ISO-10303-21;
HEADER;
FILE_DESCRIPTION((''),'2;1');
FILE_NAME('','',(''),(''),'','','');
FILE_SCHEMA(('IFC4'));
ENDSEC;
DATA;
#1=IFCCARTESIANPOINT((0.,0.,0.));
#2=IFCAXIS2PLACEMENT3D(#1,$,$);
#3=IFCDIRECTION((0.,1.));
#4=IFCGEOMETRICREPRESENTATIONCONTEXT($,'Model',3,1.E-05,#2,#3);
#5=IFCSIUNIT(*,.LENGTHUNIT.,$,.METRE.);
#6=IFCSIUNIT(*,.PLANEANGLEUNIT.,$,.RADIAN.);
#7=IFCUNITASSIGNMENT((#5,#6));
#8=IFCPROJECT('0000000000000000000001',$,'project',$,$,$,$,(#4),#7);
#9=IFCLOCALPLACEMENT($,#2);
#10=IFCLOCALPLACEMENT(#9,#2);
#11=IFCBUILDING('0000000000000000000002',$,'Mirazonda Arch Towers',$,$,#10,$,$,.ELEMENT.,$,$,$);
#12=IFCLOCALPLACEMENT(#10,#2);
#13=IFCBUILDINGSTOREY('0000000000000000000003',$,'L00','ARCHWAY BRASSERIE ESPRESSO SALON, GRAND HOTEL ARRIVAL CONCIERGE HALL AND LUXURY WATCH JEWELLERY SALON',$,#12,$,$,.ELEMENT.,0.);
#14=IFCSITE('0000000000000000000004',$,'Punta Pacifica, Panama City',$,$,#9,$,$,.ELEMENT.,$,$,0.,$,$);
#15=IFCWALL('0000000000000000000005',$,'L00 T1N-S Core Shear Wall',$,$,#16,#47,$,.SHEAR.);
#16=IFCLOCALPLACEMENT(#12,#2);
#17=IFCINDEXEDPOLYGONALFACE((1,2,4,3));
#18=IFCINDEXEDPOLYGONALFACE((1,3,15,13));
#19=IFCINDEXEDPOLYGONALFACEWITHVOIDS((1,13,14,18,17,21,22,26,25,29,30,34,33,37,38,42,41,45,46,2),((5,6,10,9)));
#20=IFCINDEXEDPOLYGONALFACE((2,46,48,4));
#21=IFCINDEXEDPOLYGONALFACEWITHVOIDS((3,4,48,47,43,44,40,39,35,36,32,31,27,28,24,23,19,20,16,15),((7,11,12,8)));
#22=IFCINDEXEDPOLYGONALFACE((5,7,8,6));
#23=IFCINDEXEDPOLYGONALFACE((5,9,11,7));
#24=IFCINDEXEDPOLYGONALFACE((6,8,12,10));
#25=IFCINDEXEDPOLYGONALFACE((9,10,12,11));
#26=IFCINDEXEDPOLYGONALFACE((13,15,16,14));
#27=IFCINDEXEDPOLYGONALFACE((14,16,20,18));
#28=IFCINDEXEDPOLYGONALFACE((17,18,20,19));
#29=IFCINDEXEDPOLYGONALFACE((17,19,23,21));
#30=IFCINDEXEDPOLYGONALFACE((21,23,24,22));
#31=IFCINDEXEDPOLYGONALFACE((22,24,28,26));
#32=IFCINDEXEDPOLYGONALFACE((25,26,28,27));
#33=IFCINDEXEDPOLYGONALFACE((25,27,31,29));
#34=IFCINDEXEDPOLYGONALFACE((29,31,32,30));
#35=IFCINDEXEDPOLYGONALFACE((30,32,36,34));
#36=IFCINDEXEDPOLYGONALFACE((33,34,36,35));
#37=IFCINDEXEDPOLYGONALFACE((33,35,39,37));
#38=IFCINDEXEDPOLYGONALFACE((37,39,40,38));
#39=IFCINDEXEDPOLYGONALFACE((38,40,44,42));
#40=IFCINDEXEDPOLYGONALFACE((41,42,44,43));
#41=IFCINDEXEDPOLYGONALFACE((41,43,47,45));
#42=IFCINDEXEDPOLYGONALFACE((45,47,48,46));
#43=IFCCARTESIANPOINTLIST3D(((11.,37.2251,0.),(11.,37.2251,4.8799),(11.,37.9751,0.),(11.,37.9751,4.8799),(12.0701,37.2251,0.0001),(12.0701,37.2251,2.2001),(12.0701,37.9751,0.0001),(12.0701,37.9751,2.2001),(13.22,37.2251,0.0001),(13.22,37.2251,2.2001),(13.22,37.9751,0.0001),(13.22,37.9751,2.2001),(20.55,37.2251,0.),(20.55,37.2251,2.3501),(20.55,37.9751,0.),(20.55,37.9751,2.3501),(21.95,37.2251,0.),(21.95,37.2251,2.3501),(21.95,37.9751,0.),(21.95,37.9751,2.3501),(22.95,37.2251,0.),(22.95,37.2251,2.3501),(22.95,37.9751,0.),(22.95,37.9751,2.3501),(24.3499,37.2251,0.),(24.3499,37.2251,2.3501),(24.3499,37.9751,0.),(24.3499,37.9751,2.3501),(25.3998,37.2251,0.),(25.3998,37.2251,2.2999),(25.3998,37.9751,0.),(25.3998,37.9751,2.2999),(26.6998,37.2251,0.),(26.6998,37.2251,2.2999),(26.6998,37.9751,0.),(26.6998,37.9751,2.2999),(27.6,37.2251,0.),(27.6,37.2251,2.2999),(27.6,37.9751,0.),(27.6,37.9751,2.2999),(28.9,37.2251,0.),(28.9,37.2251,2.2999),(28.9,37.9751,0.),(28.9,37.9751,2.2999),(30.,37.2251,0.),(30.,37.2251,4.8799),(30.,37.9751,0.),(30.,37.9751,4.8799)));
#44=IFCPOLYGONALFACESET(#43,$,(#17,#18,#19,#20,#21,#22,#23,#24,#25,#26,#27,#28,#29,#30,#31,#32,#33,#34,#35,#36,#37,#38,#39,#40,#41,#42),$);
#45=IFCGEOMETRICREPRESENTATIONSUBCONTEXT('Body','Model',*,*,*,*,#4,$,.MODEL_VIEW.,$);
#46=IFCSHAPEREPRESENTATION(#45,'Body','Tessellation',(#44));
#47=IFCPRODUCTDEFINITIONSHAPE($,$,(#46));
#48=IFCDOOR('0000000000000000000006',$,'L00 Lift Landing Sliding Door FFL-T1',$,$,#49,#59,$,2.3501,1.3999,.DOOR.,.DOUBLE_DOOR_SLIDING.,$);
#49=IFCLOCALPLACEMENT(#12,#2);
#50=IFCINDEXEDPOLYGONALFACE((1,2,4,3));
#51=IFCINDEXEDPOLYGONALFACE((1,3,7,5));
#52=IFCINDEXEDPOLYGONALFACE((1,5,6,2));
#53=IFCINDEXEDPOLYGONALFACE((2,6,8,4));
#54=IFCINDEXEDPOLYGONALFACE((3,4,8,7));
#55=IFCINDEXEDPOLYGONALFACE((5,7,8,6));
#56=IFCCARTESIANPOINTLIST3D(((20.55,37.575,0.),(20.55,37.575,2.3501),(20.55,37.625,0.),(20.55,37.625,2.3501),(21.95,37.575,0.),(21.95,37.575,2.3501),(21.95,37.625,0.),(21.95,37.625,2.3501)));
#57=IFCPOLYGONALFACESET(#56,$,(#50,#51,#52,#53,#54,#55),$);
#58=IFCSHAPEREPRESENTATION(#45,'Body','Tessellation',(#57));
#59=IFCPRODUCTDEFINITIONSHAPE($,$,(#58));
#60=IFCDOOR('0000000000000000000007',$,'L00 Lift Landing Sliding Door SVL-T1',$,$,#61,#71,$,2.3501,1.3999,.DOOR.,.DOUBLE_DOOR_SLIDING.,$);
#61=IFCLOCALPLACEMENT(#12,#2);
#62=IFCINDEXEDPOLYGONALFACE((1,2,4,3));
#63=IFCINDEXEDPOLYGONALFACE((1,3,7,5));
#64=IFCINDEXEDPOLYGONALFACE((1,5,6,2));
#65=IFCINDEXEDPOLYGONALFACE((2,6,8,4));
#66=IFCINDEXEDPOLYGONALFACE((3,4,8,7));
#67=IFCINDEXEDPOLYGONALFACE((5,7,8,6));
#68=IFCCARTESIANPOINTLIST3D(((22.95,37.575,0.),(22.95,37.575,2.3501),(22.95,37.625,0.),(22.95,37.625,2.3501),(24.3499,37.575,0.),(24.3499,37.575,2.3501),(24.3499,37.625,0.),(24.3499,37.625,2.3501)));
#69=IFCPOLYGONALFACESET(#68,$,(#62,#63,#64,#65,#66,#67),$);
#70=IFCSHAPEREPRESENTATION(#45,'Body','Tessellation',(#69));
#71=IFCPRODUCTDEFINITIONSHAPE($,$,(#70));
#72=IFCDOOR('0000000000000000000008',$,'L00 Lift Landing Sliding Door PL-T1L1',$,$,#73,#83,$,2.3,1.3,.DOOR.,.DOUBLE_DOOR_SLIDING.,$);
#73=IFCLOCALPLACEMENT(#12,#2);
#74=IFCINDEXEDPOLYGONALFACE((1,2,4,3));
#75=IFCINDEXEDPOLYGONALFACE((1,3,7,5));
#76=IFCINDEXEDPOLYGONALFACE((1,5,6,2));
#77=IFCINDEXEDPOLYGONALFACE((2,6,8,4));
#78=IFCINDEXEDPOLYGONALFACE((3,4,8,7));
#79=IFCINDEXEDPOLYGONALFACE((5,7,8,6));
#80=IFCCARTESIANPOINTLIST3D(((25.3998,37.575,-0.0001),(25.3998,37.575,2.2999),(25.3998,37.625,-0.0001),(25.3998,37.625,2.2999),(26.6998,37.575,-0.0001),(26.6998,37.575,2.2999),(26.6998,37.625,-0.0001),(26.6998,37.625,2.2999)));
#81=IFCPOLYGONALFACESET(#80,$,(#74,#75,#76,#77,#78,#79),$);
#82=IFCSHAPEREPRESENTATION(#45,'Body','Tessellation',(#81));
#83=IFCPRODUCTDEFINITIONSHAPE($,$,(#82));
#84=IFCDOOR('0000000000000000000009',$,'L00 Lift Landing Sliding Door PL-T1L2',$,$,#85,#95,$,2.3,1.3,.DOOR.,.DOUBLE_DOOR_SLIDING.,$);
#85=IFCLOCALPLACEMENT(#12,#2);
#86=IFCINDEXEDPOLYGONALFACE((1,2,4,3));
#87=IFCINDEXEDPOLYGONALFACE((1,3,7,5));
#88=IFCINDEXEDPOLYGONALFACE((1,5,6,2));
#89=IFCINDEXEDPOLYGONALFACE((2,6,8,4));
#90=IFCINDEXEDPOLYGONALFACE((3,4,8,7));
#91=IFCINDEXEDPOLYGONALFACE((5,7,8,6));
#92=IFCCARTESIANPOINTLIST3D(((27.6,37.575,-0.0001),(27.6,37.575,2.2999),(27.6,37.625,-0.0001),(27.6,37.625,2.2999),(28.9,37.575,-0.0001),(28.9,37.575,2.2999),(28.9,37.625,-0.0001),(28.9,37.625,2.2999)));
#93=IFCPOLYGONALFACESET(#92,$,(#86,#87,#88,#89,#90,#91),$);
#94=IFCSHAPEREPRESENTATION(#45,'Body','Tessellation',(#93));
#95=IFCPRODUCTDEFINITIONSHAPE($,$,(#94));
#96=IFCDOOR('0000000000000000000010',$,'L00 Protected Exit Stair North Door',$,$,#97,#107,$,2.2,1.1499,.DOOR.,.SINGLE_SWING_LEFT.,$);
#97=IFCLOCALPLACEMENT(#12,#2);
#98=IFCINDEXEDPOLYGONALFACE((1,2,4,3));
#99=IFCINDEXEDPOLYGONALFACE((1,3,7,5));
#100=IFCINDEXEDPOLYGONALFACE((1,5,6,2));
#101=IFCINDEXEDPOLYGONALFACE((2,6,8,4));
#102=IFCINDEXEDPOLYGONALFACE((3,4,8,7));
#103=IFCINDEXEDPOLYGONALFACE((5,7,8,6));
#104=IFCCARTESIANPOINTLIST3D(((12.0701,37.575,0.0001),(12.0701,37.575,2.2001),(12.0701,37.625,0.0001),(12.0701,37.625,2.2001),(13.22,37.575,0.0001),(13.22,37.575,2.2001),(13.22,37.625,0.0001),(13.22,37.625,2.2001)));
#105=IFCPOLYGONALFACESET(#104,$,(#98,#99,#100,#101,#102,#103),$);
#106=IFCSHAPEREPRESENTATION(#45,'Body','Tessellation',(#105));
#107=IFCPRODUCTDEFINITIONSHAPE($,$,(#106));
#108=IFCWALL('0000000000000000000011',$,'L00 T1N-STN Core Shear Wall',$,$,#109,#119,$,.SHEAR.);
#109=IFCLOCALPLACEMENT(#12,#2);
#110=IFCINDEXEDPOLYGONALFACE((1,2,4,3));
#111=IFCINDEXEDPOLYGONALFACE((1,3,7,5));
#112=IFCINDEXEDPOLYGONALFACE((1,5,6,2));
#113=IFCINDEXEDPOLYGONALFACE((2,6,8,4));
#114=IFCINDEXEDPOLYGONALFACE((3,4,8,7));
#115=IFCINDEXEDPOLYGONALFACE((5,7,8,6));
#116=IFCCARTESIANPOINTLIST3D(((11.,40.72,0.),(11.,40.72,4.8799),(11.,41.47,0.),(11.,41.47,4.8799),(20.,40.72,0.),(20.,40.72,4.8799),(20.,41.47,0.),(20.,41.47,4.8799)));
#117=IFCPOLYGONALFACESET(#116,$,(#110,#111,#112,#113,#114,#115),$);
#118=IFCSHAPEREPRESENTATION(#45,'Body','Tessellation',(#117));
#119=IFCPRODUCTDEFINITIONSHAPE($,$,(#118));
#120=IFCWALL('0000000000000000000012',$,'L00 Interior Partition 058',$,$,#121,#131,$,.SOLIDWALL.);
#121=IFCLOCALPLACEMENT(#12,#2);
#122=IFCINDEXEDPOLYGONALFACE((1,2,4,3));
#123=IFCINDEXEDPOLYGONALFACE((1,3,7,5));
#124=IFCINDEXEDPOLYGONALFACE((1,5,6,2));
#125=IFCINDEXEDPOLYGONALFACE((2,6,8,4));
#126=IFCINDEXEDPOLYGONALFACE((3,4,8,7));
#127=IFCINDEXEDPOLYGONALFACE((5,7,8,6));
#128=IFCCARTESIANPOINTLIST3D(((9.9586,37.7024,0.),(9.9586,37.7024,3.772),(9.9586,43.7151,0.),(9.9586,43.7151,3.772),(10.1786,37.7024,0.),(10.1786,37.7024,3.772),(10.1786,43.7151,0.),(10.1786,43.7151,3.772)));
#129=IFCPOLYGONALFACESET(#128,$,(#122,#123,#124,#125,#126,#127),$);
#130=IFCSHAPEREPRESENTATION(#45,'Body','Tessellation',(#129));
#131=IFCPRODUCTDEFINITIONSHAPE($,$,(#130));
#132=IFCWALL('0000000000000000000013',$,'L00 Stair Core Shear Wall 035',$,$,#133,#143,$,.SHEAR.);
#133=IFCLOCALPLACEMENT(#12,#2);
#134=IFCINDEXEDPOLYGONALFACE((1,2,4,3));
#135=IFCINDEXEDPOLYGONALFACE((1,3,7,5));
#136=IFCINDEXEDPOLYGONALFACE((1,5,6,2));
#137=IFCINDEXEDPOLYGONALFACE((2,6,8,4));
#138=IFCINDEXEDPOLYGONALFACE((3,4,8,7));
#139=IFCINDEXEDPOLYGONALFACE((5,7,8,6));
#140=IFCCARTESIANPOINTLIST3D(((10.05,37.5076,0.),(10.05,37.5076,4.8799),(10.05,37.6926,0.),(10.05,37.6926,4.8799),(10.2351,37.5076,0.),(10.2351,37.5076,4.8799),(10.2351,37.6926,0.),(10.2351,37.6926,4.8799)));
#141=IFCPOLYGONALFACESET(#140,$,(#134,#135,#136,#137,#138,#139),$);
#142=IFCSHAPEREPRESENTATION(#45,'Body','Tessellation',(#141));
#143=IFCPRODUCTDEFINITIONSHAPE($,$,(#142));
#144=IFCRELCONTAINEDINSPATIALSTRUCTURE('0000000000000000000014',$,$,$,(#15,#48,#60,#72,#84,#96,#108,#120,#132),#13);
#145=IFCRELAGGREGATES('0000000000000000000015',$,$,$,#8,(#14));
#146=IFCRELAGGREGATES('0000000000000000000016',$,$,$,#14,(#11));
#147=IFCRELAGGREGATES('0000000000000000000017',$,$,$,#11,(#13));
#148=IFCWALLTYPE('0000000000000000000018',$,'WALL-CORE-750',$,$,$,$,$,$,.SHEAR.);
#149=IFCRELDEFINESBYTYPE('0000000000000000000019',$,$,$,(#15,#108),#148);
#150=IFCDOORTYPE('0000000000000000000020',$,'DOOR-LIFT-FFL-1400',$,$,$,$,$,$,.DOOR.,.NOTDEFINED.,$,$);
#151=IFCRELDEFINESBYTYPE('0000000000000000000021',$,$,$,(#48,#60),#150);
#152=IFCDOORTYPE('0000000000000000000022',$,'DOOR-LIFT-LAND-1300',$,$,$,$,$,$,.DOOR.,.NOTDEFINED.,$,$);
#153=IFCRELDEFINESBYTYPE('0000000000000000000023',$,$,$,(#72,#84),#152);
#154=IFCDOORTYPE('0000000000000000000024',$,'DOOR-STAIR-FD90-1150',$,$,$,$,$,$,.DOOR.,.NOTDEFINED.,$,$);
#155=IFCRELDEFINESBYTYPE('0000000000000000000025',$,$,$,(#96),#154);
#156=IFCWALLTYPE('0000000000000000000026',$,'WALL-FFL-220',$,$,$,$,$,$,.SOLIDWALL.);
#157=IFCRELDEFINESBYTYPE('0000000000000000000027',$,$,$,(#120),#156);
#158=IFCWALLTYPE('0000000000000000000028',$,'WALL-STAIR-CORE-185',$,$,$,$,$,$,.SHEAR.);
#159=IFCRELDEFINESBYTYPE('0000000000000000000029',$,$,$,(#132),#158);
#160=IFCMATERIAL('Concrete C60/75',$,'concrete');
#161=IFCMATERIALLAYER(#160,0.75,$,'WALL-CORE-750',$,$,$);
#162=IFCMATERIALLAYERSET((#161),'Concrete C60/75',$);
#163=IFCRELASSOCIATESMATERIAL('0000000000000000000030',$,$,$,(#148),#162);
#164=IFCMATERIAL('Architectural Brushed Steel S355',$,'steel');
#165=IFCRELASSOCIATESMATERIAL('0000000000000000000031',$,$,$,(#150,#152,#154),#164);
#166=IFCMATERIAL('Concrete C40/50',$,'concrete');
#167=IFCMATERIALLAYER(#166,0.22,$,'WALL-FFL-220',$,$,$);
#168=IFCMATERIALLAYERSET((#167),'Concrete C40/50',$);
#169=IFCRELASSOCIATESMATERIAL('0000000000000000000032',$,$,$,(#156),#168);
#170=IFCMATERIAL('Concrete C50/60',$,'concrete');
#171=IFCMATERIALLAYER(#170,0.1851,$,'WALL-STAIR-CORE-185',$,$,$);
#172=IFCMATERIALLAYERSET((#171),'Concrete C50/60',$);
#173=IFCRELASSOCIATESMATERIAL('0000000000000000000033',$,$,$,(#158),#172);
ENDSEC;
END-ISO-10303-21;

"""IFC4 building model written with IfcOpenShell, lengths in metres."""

from ifc_helpers import new_model, si_unit, direction, frame, frame_2d, origin, place, context, subcontext, project, spatial, rectangle, extrude, material, layer, layer_set, type_object, element, fill, save


model = new_model("IFC4")

# Units and contexts
model_context = context("Model", 3, precision=1e-05, world=origin(), true_north=direction((0.0, 1.0)))
body_context = subcontext(model_context, "Body", "Model", "MODEL_VIEW")
ifc_project = project(units=[si_unit("LENGTHUNIT", "METRE"), si_unit("PLANEANGLEUNIT", "RADIAN")], contexts=[model_context])

# Site, building, storey
site_placement = place(None, origin())
site = spatial("IfcSite", under=ifc_project, at=site_placement, Name="Punta Pacifica, Panama City", CompositionType="ELEMENT", RefElevation=0.0)
building_placement = place(site_placement, origin())
building = spatial("IfcBuilding", under=site, at=building_placement, Name="Mirazonda Arch Towers", CompositionType="ELEMENT")
storey_placement = place(building_placement, origin())
storey = spatial("IfcBuildingStorey", under=building, at=storey_placement, Name="L00", Description="ARCHWAY BRASSERIE ESPRESSO SALON, GRAND HOTEL ARRIVAL CONCIERGE HALL AND LUXURY WATCH JEWELLERY SALON", CompositionType="ELEMENT", Elevation=0.0)

# Shared definitions
ifc_material_1 = material(Name="Concrete C60/75", Category="concrete")

# Shared definitions
ifc_layer_1 = layer(ifc_material_1, 0.75, Name="WALL-CORE-750")
ifc_layer_set_1 = layer_set([ifc_layer_1], Name="Concrete C60/75")
wall_type_1 = type_object("IfcWallType", Name="WALL-CORE-750", PredefinedType="SHEAR", material=ifc_layer_set_1)

# Wall, openings, doors
wall_1_placement = place(storey_placement, frame((11.0, 37.6001, 0.0), z_axis=(0.0, 0.0, 1.0), x_axis=(1.0, 0.0, 0.0)))
wall_1 = element("IfcWall", 1, at=wall_1_placement, inside=storey, type_object=wall_type_1, Name="L00 T1N-S Core Shear Wall", PredefinedType="SHEAR", context=body_context, shape_type="SweptSolid", body=[
    extrude(rectangle(XDim=19.0, YDim=0.75, at=frame_2d((9.5, 0.0))), origin(), (0.0, 0.0, 1.0), 4.8799),
])
opening_1_placement = place(wall_1_placement, frame((1.0701, 0.0, 0.0)))
opening_1 = element("IfcOpeningElement", 2, at=opening_1_placement, cuts=wall_1, PredefinedType="OPENING", context=body_context, shape_type="SweptSolid", body=[
    extrude(rectangle(XDim=1.1499, YDim=2.2, at=frame_2d((0.575, 1.1001))), frame((0.0, 0.385, 0.0), z_axis=(0.0, -1.0, 0.0), x_axis=(1.0, 0.0, 0.0)), (0.0, 0.0, 1.0), 0.77),
])
opening_2_placement = place(wall_1_placement, frame((9.55, 0.0, 0.0)))
opening_2 = element("IfcOpeningElement", 3, at=opening_2_placement, cuts=wall_1, PredefinedType="OPENING", context=body_context, shape_type="SweptSolid", body=[
    extrude(rectangle(XDim=1.3999, YDim=2.3501, at=frame_2d((0.7, 1.175))), frame((0.0, 0.385, 0.0), z_axis=(0.0, -1.0, 0.0), x_axis=(1.0, 0.0, 0.0)), (0.0, 0.0, 1.0), 0.77),
])
opening_3_placement = place(wall_1_placement, frame((11.95, 0.0, 0.0)))
opening_3 = element("IfcOpeningElement", 4, at=opening_3_placement, cuts=wall_1, PredefinedType="OPENING", context=body_context, shape_type="SweptSolid", body=[
    extrude(rectangle(XDim=1.3999, YDim=2.3501, at=frame_2d((0.7, 1.175))), frame((0.0, 0.385, 0.0), z_axis=(0.0, -1.0, 0.0), x_axis=(1.0, 0.0, 0.0)), (0.0, 0.0, 1.0), 0.77),
])
opening_4_placement = place(wall_1_placement, frame((14.3999, 0.0, 0.0)))
opening_4 = element("IfcOpeningElement", 5, at=opening_4_placement, cuts=wall_1, PredefinedType="OPENING", context=body_context, shape_type="SweptSolid", body=[
    extrude(rectangle(XDim=1.3, YDim=2.3, at=frame_2d((0.6499, 1.1499))), frame((0.0, 0.385, 0.0), z_axis=(0.0, -1.0, 0.0), x_axis=(1.0, 0.0, 0.0)), (0.0, 0.0, 1.0), 0.77),
])
opening_5_placement = place(wall_1_placement, frame((16.6001, 0.0, 0.0)))
opening_5 = element("IfcOpeningElement", 6, at=opening_5_placement, cuts=wall_1, PredefinedType="OPENING", context=body_context, shape_type="SweptSolid", body=[
    extrude(rectangle(XDim=1.3, YDim=2.3, at=frame_2d((0.6499, 1.1499))), frame((0.0, 0.385, 0.0), z_axis=(0.0, -1.0, 0.0), x_axis=(1.0, 0.0, 0.0)), (0.0, 0.0, 1.0), 0.77),
])
ifc_material_2 = material(Name="Architectural Brushed Steel S355", Category="steel")
door_type_1 = type_object("IfcDoorType", Name="DOOR-LIFT-FFL-1400", OperationType="NOTDEFINED", PredefinedType="DOOR", material=ifc_material_2)
door_1_placement = place(opening_2_placement, origin())
door_1 = element("IfcDoor", 7, at=door_1_placement, inside=storey, type_object=door_type_1, Name="L00 Lift Landing Sliding Door FFL-T1", OperationType="DOUBLE_DOOR_SLIDING", OverallHeight=2.3501, OverallWidth=1.3999, PredefinedType="DOOR", context=body_context, shape_type="SweptSolid", body=[
    extrude(rectangle(XDim=1.3999, YDim=2.3501, at=frame_2d((0.7, 1.175))), frame((0.0, 0.0249, 0.0), z_axis=(0.0, -1.0, 0.0), x_axis=(1.0, 0.0, 0.0)), (0.0, 0.0, 1.0), 0.05),
])
fill(opening_2, door_1)
door_2_placement = place(opening_3_placement, origin())
door_2 = element("IfcDoor", 8, at=door_2_placement, inside=storey, type_object=door_type_1, Name="L00 Lift Landing Sliding Door SVL-T1", OperationType="DOUBLE_DOOR_SLIDING", OverallHeight=2.3501, OverallWidth=1.3999, PredefinedType="DOOR", context=body_context, shape_type="SweptSolid", body=[
    extrude(rectangle(XDim=1.3999, YDim=2.3501, at=frame_2d((0.7, 1.175))), frame((0.0, 0.0249, 0.0), z_axis=(0.0, -1.0, 0.0), x_axis=(1.0, 0.0, 0.0)), (0.0, 0.0, 1.0), 0.05),
])
fill(opening_3, door_2)
door_type_2 = type_object("IfcDoorType", Name="DOOR-LIFT-LAND-1300", OperationType="NOTDEFINED", PredefinedType="DOOR", material=ifc_material_2)
door_3_placement = place(opening_4_placement, origin())
door_3 = element("IfcDoor", 9, at=door_3_placement, inside=storey, type_object=door_type_2, Name="L00 Lift Landing Sliding Door PL-T1L1", OperationType="DOUBLE_DOOR_SLIDING", OverallHeight=2.3, OverallWidth=1.3, PredefinedType="DOOR", context=body_context, shape_type="SweptSolid", body=[
    extrude(rectangle(XDim=1.3, YDim=2.3, at=frame_2d((0.6499, 1.1499))), frame((0.0, 0.0249, 0.0), z_axis=(0.0, -1.0, 0.0), x_axis=(1.0, 0.0, 0.0)), (0.0, 0.0, 1.0), 0.05),
])
fill(opening_4, door_3)
door_4_placement = place(opening_5_placement, origin())
door_4 = element("IfcDoor", 10, at=door_4_placement, inside=storey, type_object=door_type_2, Name="L00 Lift Landing Sliding Door PL-T1L2", OperationType="DOUBLE_DOOR_SLIDING", OverallHeight=2.3, OverallWidth=1.3, PredefinedType="DOOR", context=body_context, shape_type="SweptSolid", body=[
    extrude(rectangle(XDim=1.3, YDim=2.3, at=frame_2d((0.6499, 1.1499))), frame((0.0, 0.0249, 0.0), z_axis=(0.0, -1.0, 0.0), x_axis=(1.0, 0.0, 0.0)), (0.0, 0.0, 1.0), 0.05),
])
fill(opening_5, door_4)
door_type_3 = type_object("IfcDoorType", Name="DOOR-STAIR-FD90-1150", OperationType="NOTDEFINED", PredefinedType="DOOR", material=ifc_material_2)
door_5_placement = place(opening_1_placement, origin())
door_5 = element("IfcDoor", 11, at=door_5_placement, inside=storey, type_object=door_type_3, Name="L00 Protected Exit Stair North Door", OperationType="SINGLE_SWING_LEFT", OverallHeight=2.2, OverallWidth=1.1499, PredefinedType="DOOR", context=body_context, shape_type="SweptSolid", body=[
    extrude(rectangle(XDim=1.1499, YDim=2.2, at=frame_2d((0.575, 1.1001))), frame((0.0, 0.0249, 0.0), z_axis=(0.0, -1.0, 0.0), x_axis=(1.0, 0.0, 0.0)), (0.0, 0.0, 1.0), 0.05),
])
fill(opening_1, door_5)

# Walls
wall_2_placement = place(storey_placement, frame((11.0, 41.095, 0.0), z_axis=(0.0, 0.0, 1.0), x_axis=(1.0, 0.0, 0.0)))
element("IfcWall", 12, at=wall_2_placement, inside=storey, type_object=wall_type_1, Name="L00 T1N-STN Core Shear Wall", PredefinedType="SHEAR", context=body_context, shape_type="SweptSolid", body=[
    extrude(rectangle(XDim=9.0, YDim=0.75, at=frame_2d((4.5, 0.0))), origin(), (0.0, 0.0, 1.0), 4.8799),
])
ifc_material_3 = material(Name="Concrete C40/50", Category="concrete")
ifc_layer_2 = layer(ifc_material_3, 0.22, Name="WALL-FFL-220")
ifc_layer_set_2 = layer_set([ifc_layer_2], Name="Concrete C40/50")
wall_type_2 = type_object("IfcWallType", Name="WALL-FFL-220", PredefinedType="SOLIDWALL", material=ifc_layer_set_2)
wall_3_placement = place(storey_placement, frame((10.0686, 37.7024, 0.0), z_axis=(0.0, 0.0, 1.0), x_axis=(0.0, 1.0, 0.0)))
element("IfcWall", 13, at=wall_3_placement, inside=storey, type_object=wall_type_2, Name="L00 Interior Partition 058", PredefinedType="SOLIDWALL", context=body_context, shape_type="SweptSolid", body=[
    extrude(rectangle(XDim=6.0127, YDim=0.22, at=frame_2d((3.0063, 0.0))), origin(), (0.0, 0.0, 1.0), 3.772),
])
ifc_material_4 = material(Name="Concrete C50/60", Category="concrete")
ifc_layer_3 = layer(ifc_material_4, 0.1851, Name="WALL-STAIR-CORE-185")
ifc_layer_set_3 = layer_set([ifc_layer_3], Name="Concrete C50/60")
wall_type_3 = type_object("IfcWallType", Name="WALL-STAIR-CORE-185", PredefinedType="SHEAR", material=ifc_layer_set_3)
wall_4_placement = place(storey_placement, frame((10.05, 37.6001, 0.0), z_axis=(0.0, 0.0, 1.0), x_axis=(1.0, 0.0, 0.0)))
element("IfcWall", 14, at=wall_4_placement, inside=storey, type_object=wall_type_3, Name="L00 Stair Core Shear Wall 035", PredefinedType="SHEAR", context=body_context, shape_type="SweptSolid", body=[
    extrude(rectangle(XDim=0.1851, YDim=0.1851, at=frame_2d((0.0925, 0.0))), origin(), (0.0, 0.0, 1.0), 4.8799),
])

save(model, "model.ifc")
